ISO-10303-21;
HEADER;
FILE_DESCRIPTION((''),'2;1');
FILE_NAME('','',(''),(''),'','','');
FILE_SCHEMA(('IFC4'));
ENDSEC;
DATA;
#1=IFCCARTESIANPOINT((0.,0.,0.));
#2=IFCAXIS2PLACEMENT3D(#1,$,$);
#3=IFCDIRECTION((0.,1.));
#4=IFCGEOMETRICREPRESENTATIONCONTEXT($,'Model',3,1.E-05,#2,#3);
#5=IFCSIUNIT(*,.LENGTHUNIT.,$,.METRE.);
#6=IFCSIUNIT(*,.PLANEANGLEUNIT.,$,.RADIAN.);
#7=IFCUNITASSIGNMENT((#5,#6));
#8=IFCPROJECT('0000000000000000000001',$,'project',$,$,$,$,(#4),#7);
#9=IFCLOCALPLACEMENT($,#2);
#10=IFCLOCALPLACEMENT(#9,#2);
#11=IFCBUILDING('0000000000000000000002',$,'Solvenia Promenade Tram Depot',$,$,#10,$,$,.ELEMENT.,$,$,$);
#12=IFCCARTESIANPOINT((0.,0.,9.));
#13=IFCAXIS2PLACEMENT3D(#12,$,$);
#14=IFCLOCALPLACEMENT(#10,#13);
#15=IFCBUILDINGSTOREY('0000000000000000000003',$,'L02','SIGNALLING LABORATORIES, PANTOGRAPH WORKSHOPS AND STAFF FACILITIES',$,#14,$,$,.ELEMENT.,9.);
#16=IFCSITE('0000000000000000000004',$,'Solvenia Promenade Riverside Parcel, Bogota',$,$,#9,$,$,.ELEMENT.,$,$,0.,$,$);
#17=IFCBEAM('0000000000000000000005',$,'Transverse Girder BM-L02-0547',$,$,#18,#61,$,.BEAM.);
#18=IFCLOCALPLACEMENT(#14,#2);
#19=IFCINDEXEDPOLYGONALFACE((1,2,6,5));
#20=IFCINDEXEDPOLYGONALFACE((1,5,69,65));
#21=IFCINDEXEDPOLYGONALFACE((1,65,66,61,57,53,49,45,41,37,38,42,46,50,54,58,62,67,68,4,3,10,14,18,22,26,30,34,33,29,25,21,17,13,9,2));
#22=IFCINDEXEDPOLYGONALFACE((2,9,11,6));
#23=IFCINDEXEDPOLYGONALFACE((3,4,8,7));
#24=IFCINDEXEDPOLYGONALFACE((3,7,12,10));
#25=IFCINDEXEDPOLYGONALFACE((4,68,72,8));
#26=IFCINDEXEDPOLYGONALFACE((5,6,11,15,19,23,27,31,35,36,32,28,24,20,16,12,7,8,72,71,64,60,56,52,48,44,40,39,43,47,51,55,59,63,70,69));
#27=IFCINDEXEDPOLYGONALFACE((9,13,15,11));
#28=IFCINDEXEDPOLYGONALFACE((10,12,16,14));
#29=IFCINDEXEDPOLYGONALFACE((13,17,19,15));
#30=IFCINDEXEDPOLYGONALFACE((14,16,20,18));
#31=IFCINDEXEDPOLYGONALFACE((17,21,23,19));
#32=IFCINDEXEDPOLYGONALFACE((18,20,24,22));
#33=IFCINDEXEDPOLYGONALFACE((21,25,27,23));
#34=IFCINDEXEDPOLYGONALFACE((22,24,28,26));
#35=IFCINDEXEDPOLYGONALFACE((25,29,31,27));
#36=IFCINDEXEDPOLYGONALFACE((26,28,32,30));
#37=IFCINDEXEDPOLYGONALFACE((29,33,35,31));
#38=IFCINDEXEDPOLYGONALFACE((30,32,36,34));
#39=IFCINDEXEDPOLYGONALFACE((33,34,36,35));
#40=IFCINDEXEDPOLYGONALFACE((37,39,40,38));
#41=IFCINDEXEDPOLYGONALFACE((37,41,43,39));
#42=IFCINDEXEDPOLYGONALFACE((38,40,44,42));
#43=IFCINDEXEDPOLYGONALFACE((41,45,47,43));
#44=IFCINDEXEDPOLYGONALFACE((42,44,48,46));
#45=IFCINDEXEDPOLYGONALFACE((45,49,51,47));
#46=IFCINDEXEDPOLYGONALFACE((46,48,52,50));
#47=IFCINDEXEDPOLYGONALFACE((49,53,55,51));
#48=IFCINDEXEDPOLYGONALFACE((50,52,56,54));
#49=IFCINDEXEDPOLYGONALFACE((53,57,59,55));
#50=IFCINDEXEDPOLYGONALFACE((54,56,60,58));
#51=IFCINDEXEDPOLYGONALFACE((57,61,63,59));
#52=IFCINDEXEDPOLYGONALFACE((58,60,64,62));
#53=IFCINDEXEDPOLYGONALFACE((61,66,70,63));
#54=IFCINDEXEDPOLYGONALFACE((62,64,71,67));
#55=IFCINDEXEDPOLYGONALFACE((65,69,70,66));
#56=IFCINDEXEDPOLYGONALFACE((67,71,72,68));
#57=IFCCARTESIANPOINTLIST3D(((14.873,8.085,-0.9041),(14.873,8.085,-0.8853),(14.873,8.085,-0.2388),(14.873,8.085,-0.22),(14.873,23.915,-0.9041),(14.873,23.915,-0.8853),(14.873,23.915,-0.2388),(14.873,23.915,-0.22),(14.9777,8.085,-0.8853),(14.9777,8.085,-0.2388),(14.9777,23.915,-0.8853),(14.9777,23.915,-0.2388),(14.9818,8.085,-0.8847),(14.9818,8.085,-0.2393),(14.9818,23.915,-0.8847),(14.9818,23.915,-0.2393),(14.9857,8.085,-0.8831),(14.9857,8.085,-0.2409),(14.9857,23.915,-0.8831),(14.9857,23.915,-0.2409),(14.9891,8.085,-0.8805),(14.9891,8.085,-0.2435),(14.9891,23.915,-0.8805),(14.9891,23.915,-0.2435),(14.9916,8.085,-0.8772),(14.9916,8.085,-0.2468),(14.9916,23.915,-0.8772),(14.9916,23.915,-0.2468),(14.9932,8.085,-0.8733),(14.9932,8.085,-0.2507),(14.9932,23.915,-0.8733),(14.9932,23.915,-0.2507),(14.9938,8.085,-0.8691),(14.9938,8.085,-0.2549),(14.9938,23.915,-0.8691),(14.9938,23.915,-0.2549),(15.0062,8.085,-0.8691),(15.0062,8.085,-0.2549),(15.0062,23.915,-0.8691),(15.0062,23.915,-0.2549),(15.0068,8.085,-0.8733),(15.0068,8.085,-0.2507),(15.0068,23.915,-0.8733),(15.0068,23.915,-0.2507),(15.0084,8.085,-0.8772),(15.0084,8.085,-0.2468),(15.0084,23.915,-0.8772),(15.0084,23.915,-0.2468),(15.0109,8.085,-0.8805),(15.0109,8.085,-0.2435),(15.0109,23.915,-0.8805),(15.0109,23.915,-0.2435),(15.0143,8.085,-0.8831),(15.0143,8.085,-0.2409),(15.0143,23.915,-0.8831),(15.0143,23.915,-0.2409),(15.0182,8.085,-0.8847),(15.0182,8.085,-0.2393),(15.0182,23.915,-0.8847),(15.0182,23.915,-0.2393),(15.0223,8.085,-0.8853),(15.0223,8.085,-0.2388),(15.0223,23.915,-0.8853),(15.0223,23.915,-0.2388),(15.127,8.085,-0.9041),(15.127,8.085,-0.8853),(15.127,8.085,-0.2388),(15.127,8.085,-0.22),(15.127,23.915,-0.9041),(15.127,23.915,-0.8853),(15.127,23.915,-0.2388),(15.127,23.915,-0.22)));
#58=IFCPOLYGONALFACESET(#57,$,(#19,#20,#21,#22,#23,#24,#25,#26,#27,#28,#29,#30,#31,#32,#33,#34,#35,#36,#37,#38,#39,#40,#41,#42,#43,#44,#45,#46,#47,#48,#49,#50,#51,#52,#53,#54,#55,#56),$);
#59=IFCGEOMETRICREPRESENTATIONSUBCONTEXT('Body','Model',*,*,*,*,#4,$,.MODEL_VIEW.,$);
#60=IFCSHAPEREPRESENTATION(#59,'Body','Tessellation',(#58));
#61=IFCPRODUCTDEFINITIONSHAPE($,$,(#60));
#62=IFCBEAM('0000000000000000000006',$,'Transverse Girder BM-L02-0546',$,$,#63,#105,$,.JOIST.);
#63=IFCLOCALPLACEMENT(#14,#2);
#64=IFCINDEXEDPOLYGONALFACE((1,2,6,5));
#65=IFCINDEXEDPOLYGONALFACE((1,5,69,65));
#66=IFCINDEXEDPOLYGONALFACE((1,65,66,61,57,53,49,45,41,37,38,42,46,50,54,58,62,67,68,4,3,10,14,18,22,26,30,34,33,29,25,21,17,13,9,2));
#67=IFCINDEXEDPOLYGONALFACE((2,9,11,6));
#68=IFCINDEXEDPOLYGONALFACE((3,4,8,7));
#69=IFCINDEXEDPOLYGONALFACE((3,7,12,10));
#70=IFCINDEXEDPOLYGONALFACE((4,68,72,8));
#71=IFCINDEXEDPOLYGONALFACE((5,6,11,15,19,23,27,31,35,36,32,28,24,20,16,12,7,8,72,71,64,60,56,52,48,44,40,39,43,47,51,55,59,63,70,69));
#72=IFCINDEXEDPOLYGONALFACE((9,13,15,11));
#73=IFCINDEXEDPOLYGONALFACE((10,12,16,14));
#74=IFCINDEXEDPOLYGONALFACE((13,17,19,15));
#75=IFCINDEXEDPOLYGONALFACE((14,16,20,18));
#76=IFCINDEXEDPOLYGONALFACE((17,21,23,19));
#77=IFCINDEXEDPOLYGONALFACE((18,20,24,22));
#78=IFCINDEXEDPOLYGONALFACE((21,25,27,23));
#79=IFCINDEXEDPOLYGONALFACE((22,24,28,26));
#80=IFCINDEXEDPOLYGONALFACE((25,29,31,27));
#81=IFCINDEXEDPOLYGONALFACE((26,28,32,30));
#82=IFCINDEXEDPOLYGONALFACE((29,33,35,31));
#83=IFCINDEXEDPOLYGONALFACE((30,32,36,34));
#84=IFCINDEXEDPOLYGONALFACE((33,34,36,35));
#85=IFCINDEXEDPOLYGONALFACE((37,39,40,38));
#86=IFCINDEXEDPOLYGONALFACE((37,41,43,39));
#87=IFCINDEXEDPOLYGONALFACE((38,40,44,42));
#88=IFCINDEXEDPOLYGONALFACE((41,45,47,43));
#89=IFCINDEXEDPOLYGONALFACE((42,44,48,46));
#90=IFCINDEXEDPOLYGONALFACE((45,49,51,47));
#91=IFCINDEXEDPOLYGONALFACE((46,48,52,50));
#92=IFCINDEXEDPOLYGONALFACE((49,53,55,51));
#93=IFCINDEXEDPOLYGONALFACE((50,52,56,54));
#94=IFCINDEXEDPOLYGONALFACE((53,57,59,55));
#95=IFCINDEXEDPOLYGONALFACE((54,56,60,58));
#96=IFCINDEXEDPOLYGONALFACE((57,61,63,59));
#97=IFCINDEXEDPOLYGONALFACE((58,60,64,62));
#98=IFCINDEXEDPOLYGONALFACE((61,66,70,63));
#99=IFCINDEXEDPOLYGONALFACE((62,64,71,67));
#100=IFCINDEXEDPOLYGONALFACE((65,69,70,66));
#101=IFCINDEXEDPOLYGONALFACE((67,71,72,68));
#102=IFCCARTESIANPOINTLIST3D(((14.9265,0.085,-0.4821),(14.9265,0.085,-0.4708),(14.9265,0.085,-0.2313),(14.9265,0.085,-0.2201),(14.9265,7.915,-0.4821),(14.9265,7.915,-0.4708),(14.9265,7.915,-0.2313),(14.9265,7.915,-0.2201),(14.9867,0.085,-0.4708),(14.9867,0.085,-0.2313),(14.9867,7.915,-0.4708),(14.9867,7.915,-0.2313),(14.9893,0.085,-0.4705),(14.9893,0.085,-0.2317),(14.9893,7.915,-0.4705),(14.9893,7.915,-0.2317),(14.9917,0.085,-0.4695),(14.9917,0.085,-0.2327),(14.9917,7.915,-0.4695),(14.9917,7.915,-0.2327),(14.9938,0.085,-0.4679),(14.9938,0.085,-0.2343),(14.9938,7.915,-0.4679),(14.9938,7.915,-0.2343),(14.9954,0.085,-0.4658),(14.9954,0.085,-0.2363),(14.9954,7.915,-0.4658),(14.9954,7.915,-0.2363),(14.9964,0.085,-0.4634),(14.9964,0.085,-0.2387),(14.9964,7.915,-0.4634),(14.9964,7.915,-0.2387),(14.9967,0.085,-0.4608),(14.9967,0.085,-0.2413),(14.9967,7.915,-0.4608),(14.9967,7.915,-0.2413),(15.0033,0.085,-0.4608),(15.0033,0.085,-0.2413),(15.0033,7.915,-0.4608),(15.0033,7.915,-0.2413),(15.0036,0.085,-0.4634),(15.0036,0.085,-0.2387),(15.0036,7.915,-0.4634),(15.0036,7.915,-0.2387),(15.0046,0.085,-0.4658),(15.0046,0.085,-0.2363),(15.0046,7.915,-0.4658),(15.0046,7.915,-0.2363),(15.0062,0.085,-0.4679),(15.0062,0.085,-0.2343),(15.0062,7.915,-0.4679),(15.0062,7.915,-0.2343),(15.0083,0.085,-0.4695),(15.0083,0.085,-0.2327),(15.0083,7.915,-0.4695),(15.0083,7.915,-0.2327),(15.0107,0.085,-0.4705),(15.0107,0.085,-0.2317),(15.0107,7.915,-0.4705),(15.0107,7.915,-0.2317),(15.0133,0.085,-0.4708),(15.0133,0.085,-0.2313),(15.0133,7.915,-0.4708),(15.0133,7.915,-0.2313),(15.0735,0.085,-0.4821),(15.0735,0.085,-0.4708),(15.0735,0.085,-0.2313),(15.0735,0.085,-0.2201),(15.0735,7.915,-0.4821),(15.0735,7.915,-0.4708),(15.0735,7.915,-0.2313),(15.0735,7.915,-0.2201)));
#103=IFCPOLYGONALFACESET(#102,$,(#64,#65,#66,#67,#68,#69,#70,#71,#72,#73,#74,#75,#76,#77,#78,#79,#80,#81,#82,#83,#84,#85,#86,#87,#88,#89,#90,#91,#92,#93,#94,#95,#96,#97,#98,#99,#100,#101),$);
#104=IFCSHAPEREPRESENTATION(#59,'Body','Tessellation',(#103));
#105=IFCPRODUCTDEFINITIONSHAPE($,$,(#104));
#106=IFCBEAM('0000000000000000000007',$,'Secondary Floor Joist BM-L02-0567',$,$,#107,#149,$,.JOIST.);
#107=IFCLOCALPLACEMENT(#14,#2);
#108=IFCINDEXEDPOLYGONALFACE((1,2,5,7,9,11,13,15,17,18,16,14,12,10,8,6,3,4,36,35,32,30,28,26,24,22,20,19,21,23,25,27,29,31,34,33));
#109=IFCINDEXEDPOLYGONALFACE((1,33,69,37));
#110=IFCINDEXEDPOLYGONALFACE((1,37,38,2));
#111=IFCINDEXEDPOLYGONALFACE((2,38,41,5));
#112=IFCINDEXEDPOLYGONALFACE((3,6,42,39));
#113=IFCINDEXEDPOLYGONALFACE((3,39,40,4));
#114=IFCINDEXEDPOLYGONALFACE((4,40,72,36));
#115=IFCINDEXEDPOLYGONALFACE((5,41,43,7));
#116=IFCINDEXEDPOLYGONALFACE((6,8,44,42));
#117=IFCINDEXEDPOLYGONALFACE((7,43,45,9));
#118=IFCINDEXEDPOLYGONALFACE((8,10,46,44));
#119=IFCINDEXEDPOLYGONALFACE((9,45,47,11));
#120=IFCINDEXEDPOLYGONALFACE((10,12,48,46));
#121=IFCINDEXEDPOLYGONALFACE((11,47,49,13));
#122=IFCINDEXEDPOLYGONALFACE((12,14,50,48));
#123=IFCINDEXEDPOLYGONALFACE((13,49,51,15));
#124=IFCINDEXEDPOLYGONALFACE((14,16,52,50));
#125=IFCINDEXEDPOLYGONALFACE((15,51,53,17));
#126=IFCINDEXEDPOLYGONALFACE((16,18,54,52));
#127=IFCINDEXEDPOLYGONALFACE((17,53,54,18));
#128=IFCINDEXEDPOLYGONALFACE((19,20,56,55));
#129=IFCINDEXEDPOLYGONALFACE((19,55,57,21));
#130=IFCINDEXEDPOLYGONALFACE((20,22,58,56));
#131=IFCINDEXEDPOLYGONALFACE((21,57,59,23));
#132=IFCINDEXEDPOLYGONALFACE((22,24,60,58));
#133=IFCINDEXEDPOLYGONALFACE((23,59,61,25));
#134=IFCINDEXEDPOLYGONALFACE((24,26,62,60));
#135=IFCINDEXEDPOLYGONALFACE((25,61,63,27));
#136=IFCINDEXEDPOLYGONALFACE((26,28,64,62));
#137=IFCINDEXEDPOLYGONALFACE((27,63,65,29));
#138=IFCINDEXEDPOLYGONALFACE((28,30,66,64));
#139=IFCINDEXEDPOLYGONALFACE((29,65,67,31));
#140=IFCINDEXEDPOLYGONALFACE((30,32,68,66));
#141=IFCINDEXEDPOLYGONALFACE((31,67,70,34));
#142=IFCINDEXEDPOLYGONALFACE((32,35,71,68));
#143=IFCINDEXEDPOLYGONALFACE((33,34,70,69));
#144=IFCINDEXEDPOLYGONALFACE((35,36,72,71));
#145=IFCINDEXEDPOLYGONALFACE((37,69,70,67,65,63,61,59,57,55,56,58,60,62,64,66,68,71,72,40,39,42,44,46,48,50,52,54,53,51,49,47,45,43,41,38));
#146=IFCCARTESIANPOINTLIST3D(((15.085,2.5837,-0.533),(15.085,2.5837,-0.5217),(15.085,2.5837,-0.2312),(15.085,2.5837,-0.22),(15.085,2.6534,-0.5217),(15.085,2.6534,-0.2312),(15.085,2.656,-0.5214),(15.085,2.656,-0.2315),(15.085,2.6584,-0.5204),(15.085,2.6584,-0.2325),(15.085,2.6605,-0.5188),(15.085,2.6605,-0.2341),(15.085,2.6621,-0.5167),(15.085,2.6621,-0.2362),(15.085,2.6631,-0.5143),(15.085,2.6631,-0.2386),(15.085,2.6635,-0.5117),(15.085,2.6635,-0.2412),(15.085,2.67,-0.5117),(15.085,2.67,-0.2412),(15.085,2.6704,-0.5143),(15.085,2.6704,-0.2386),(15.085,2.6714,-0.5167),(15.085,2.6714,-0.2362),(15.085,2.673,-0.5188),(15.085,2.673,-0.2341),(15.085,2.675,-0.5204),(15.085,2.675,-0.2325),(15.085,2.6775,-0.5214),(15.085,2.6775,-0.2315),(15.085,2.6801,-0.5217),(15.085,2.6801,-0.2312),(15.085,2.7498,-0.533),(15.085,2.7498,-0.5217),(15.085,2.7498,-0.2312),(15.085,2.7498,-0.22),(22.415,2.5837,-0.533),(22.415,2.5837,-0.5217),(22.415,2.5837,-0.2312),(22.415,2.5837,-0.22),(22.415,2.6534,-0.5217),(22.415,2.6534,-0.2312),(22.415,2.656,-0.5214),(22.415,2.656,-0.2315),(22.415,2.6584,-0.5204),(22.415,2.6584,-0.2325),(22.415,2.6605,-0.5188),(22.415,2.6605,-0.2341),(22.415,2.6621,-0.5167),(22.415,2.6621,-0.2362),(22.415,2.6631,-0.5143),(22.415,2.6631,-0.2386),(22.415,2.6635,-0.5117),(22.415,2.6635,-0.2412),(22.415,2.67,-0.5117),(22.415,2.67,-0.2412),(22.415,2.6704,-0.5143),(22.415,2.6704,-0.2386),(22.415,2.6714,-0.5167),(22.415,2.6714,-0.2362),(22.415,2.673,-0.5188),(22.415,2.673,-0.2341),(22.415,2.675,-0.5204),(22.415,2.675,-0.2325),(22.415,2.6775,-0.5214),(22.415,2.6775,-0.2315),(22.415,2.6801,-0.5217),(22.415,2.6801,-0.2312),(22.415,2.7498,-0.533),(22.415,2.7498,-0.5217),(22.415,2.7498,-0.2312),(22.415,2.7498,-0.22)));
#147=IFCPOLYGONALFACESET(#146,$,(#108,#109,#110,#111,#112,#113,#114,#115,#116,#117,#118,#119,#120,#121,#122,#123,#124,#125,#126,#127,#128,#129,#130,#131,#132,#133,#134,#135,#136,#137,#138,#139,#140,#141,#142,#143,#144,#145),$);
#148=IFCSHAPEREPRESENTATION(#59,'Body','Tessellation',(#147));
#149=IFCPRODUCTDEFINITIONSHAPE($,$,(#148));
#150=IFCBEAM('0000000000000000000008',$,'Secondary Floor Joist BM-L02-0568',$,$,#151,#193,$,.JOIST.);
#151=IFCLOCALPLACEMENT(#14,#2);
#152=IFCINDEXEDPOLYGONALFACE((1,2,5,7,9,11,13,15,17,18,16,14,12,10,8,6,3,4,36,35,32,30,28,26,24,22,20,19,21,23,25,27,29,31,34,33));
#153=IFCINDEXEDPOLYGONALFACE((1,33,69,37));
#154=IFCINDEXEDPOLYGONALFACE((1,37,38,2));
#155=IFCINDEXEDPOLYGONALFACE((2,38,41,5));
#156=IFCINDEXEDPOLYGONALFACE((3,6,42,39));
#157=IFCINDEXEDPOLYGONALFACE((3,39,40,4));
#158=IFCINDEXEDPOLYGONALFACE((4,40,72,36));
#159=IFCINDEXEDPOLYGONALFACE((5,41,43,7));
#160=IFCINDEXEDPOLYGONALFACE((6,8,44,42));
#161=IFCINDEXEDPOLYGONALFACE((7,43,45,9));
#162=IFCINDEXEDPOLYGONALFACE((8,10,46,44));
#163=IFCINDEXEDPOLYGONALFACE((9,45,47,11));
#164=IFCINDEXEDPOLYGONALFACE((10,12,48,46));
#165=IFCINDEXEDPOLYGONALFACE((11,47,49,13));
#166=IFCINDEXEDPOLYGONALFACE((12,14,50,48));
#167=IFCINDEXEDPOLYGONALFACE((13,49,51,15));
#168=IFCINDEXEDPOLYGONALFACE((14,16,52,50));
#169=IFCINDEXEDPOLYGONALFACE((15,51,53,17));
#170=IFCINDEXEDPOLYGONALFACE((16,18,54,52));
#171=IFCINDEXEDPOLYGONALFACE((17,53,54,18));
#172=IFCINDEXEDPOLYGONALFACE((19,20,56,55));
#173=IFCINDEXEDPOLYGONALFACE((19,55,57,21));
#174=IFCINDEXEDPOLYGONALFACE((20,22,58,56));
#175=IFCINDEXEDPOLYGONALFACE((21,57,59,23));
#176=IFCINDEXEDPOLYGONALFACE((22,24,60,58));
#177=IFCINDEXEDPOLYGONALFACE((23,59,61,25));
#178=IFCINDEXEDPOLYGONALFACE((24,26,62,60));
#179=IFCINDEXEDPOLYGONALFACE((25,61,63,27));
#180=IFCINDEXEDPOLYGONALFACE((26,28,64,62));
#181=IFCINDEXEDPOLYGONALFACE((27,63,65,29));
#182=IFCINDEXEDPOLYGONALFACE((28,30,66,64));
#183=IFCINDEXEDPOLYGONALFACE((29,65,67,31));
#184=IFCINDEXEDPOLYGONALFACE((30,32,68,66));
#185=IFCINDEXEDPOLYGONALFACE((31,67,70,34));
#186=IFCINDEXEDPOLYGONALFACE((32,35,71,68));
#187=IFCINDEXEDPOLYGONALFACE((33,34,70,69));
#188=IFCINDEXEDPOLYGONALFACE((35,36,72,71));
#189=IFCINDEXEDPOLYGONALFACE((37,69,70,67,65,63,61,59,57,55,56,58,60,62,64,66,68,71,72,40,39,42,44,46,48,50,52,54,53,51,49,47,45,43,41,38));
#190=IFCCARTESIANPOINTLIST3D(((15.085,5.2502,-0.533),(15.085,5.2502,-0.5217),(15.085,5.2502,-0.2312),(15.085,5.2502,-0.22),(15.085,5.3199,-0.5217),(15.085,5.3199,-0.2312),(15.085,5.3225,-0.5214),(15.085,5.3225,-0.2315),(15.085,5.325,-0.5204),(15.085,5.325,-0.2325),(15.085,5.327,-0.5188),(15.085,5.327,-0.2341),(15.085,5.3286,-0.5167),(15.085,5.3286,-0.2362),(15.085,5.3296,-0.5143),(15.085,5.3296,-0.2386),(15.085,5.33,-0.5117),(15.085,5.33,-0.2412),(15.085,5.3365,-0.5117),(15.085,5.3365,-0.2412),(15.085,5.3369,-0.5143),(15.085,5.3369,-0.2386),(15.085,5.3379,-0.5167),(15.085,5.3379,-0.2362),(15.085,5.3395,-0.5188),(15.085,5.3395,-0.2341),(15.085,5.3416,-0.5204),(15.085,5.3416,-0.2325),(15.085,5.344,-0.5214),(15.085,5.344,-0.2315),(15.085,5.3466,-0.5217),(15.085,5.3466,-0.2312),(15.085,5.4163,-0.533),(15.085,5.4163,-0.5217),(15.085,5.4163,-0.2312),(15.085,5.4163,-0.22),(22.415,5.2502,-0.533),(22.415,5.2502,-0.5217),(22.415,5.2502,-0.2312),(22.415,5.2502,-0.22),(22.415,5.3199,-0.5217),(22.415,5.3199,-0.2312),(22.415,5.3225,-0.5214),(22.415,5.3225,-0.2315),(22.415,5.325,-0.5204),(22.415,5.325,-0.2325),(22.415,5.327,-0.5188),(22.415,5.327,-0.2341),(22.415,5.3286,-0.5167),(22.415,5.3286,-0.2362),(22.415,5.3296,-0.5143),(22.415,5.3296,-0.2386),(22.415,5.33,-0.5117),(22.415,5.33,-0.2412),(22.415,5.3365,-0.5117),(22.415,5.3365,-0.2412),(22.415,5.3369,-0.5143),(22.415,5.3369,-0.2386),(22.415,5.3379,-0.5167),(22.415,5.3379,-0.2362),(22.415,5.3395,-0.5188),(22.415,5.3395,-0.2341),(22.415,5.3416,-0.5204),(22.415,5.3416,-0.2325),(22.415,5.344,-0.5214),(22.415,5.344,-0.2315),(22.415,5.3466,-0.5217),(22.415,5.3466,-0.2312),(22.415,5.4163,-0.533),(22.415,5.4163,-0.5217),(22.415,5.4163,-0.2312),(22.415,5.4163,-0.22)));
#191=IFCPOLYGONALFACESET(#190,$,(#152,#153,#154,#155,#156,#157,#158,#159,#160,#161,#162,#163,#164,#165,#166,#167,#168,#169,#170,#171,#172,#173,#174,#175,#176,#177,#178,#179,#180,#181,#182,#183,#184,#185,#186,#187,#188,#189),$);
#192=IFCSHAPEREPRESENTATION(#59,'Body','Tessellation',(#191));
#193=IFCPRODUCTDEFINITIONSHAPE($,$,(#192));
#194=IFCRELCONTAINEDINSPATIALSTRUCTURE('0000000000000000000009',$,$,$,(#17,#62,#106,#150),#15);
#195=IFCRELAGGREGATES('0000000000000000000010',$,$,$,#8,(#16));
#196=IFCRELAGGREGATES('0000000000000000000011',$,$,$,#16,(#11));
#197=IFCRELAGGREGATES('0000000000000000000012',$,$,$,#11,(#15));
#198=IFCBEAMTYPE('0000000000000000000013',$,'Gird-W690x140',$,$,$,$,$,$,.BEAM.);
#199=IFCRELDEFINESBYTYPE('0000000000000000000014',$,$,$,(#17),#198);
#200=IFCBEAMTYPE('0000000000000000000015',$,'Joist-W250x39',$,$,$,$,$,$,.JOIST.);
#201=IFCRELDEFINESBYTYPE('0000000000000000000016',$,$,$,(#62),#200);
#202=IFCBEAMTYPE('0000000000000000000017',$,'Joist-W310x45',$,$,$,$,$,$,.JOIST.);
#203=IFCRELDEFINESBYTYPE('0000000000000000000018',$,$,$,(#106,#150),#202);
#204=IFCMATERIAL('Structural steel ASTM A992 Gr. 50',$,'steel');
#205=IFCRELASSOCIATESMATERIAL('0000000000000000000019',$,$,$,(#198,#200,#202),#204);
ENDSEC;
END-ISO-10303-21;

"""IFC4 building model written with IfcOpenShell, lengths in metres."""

from ifc_helpers import new_model, si_unit, direction, frame, origin, origin_2d, place, context, subcontext, project, spatial, i_section, extrude, material, material_profile, profile_set, type_object, element, save


model = new_model("IFC4")

# Units and contexts
model_context = context("Model", 3, precision=1e-05, world=origin(), true_north=direction((0.0, 1.0)))
body_context = subcontext(model_context, "Body", "Model", "MODEL_VIEW")
ifc_project = project(units=[si_unit("LENGTHUNIT", "METRE"), si_unit("PLANEANGLEUNIT", "RADIAN")], contexts=[model_context])

# Site, building, storey
site_placement = place(None, origin())
site = spatial("IfcSite", under=ifc_project, at=site_placement, Name="Solvenia Promenade Riverside Parcel, Bogota", CompositionType="ELEMENT", RefElevation=0.0)
building_placement = place(site_placement, origin())
building = spatial("IfcBuilding", under=site, at=building_placement, Name="Solvenia Promenade Tram Depot", CompositionType="ELEMENT")
storey_placement = place(building_placement, frame((0.0, 0.0, 9.0)))
storey = spatial("IfcBuildingStorey", under=building, at=storey_placement, Name="L02", Description="SIGNALLING LABORATORIES, PANTOGRAPH WORKSHOPS AND STAFF FACILITIES", CompositionType="ELEMENT", Elevation=9.0)

# Shared definitions
ifc_material_1 = material(Name="Structural steel ASTM A992 Gr. 50", Category="steel")

# Beams
ifc_material_profile_1 = material_profile(ifc_material_1, i_section(OverallWidth=0.2539, OverallDepth=0.6841, WebThickness=0.0125, FlangeThickness=0.0188, FilletRadius=0.0161, at=origin_2d()), Name="W690x140", Category="steel")
ifc_profile_set_1 = profile_set([ifc_material_profile_1], Name="Structural steel ASTM A992 Gr. 50")
beam_type_1 = type_object("IfcBeamType", Name="Gird-W690x140", PredefinedType="BEAM", material=ifc_profile_set_1)
beam_1_placement = place(storey_placement, frame((15.0, 8.085, -0.562), z_axis=(0.0, 1.0, 0.0), x_axis=(-1.0, 0.0, 0.0)))
element("IfcBeam", 1, at=beam_1_placement, inside=storey, type_object=beam_type_1, Name="Transverse Girder BM-L02-0547", PredefinedType="BEAM", context=body_context, shape_type="SweptSolid", body=[
    extrude(i_section(OverallWidth=0.2539, OverallDepth=0.6841, WebThickness=0.0125, FlangeThickness=0.0188, FilletRadius=0.0161, at=origin_2d()), origin(), (0.0, 0.0, 1.0), 15.8301),
])
ifc_material_profile_2 = material_profile(ifc_material_1, i_section(OverallWidth=0.147, OverallDepth=0.262, WebThickness=0.0066, FlangeThickness=0.0112, FilletRadius=0.01, at=origin_2d()), Name="W250x39", Category="steel")
ifc_profile_set_2 = profile_set([ifc_material_profile_2], Name="Structural steel ASTM A992 Gr. 50")
beam_type_2 = type_object("IfcBeamType", Name="Joist-W250x39", PredefinedType="JOIST", material=ifc_profile_set_2)
beam_2_placement = place(storey_placement, frame((15.0, 0.085, -0.3511), z_axis=(0.0, 1.0, 0.0), x_axis=(-1.0, 0.0, 0.0)))
element("IfcBeam", 2, at=beam_2_placement, inside=storey, type_object=beam_type_2, Name="Transverse Girder BM-L02-0546", PredefinedType="JOIST", context=body_context, shape_type="SweptSolid", body=[
    extrude(i_section(OverallWidth=0.147, OverallDepth=0.262, WebThickness=0.0066, FlangeThickness=0.0112, FilletRadius=0.01, at=origin_2d()), origin(), (0.0, 0.0, 1.0), 7.8301),
])
ifc_material_profile_3 = material_profile(ifc_material_1, i_section(OverallWidth=0.166, OverallDepth=0.313, WebThickness=0.0066, FlangeThickness=0.0112, FilletRadius=0.01, at=origin_2d()), Name="W310x45", Category="steel")
ifc_profile_set_3 = profile_set([ifc_material_profile_3], Name="Structural steel ASTM A992 Gr. 50")
beam_type_3 = type_object("IfcBeamType", Name="Joist-W310x45", PredefinedType="JOIST", material=ifc_profile_set_3)
for number, where, z_axis, x_axis, name in (
    (3, (15.085, 2.6667, -0.3765), (1.0, 0.0, 0.0), (0.0, 1.0, 0.0), "Secondary Floor Joist BM-L02-0567"),
    (4, (15.085, 5.3333, -0.3765), (1.0, 0.0, 0.0), (0.0, 1.0, 0.0), "Secondary Floor Joist BM-L02-0568"),
):
    element("IfcBeam", number, at=place(storey_placement, frame(where, z_axis=z_axis, x_axis=x_axis)), inside=storey, type_object=beam_type_3, Name=name, PredefinedType="JOIST", context=body_context, shape_type="SweptSolid", body=[
        extrude(i_section(OverallWidth=0.166, OverallDepth=0.313, WebThickness=0.0066, FlangeThickness=0.0112, FilletRadius=0.01, at=origin_2d()), origin(), (0.0, 0.0, 1.0), 7.3301),
    ])

save(model, "model.ifc")
